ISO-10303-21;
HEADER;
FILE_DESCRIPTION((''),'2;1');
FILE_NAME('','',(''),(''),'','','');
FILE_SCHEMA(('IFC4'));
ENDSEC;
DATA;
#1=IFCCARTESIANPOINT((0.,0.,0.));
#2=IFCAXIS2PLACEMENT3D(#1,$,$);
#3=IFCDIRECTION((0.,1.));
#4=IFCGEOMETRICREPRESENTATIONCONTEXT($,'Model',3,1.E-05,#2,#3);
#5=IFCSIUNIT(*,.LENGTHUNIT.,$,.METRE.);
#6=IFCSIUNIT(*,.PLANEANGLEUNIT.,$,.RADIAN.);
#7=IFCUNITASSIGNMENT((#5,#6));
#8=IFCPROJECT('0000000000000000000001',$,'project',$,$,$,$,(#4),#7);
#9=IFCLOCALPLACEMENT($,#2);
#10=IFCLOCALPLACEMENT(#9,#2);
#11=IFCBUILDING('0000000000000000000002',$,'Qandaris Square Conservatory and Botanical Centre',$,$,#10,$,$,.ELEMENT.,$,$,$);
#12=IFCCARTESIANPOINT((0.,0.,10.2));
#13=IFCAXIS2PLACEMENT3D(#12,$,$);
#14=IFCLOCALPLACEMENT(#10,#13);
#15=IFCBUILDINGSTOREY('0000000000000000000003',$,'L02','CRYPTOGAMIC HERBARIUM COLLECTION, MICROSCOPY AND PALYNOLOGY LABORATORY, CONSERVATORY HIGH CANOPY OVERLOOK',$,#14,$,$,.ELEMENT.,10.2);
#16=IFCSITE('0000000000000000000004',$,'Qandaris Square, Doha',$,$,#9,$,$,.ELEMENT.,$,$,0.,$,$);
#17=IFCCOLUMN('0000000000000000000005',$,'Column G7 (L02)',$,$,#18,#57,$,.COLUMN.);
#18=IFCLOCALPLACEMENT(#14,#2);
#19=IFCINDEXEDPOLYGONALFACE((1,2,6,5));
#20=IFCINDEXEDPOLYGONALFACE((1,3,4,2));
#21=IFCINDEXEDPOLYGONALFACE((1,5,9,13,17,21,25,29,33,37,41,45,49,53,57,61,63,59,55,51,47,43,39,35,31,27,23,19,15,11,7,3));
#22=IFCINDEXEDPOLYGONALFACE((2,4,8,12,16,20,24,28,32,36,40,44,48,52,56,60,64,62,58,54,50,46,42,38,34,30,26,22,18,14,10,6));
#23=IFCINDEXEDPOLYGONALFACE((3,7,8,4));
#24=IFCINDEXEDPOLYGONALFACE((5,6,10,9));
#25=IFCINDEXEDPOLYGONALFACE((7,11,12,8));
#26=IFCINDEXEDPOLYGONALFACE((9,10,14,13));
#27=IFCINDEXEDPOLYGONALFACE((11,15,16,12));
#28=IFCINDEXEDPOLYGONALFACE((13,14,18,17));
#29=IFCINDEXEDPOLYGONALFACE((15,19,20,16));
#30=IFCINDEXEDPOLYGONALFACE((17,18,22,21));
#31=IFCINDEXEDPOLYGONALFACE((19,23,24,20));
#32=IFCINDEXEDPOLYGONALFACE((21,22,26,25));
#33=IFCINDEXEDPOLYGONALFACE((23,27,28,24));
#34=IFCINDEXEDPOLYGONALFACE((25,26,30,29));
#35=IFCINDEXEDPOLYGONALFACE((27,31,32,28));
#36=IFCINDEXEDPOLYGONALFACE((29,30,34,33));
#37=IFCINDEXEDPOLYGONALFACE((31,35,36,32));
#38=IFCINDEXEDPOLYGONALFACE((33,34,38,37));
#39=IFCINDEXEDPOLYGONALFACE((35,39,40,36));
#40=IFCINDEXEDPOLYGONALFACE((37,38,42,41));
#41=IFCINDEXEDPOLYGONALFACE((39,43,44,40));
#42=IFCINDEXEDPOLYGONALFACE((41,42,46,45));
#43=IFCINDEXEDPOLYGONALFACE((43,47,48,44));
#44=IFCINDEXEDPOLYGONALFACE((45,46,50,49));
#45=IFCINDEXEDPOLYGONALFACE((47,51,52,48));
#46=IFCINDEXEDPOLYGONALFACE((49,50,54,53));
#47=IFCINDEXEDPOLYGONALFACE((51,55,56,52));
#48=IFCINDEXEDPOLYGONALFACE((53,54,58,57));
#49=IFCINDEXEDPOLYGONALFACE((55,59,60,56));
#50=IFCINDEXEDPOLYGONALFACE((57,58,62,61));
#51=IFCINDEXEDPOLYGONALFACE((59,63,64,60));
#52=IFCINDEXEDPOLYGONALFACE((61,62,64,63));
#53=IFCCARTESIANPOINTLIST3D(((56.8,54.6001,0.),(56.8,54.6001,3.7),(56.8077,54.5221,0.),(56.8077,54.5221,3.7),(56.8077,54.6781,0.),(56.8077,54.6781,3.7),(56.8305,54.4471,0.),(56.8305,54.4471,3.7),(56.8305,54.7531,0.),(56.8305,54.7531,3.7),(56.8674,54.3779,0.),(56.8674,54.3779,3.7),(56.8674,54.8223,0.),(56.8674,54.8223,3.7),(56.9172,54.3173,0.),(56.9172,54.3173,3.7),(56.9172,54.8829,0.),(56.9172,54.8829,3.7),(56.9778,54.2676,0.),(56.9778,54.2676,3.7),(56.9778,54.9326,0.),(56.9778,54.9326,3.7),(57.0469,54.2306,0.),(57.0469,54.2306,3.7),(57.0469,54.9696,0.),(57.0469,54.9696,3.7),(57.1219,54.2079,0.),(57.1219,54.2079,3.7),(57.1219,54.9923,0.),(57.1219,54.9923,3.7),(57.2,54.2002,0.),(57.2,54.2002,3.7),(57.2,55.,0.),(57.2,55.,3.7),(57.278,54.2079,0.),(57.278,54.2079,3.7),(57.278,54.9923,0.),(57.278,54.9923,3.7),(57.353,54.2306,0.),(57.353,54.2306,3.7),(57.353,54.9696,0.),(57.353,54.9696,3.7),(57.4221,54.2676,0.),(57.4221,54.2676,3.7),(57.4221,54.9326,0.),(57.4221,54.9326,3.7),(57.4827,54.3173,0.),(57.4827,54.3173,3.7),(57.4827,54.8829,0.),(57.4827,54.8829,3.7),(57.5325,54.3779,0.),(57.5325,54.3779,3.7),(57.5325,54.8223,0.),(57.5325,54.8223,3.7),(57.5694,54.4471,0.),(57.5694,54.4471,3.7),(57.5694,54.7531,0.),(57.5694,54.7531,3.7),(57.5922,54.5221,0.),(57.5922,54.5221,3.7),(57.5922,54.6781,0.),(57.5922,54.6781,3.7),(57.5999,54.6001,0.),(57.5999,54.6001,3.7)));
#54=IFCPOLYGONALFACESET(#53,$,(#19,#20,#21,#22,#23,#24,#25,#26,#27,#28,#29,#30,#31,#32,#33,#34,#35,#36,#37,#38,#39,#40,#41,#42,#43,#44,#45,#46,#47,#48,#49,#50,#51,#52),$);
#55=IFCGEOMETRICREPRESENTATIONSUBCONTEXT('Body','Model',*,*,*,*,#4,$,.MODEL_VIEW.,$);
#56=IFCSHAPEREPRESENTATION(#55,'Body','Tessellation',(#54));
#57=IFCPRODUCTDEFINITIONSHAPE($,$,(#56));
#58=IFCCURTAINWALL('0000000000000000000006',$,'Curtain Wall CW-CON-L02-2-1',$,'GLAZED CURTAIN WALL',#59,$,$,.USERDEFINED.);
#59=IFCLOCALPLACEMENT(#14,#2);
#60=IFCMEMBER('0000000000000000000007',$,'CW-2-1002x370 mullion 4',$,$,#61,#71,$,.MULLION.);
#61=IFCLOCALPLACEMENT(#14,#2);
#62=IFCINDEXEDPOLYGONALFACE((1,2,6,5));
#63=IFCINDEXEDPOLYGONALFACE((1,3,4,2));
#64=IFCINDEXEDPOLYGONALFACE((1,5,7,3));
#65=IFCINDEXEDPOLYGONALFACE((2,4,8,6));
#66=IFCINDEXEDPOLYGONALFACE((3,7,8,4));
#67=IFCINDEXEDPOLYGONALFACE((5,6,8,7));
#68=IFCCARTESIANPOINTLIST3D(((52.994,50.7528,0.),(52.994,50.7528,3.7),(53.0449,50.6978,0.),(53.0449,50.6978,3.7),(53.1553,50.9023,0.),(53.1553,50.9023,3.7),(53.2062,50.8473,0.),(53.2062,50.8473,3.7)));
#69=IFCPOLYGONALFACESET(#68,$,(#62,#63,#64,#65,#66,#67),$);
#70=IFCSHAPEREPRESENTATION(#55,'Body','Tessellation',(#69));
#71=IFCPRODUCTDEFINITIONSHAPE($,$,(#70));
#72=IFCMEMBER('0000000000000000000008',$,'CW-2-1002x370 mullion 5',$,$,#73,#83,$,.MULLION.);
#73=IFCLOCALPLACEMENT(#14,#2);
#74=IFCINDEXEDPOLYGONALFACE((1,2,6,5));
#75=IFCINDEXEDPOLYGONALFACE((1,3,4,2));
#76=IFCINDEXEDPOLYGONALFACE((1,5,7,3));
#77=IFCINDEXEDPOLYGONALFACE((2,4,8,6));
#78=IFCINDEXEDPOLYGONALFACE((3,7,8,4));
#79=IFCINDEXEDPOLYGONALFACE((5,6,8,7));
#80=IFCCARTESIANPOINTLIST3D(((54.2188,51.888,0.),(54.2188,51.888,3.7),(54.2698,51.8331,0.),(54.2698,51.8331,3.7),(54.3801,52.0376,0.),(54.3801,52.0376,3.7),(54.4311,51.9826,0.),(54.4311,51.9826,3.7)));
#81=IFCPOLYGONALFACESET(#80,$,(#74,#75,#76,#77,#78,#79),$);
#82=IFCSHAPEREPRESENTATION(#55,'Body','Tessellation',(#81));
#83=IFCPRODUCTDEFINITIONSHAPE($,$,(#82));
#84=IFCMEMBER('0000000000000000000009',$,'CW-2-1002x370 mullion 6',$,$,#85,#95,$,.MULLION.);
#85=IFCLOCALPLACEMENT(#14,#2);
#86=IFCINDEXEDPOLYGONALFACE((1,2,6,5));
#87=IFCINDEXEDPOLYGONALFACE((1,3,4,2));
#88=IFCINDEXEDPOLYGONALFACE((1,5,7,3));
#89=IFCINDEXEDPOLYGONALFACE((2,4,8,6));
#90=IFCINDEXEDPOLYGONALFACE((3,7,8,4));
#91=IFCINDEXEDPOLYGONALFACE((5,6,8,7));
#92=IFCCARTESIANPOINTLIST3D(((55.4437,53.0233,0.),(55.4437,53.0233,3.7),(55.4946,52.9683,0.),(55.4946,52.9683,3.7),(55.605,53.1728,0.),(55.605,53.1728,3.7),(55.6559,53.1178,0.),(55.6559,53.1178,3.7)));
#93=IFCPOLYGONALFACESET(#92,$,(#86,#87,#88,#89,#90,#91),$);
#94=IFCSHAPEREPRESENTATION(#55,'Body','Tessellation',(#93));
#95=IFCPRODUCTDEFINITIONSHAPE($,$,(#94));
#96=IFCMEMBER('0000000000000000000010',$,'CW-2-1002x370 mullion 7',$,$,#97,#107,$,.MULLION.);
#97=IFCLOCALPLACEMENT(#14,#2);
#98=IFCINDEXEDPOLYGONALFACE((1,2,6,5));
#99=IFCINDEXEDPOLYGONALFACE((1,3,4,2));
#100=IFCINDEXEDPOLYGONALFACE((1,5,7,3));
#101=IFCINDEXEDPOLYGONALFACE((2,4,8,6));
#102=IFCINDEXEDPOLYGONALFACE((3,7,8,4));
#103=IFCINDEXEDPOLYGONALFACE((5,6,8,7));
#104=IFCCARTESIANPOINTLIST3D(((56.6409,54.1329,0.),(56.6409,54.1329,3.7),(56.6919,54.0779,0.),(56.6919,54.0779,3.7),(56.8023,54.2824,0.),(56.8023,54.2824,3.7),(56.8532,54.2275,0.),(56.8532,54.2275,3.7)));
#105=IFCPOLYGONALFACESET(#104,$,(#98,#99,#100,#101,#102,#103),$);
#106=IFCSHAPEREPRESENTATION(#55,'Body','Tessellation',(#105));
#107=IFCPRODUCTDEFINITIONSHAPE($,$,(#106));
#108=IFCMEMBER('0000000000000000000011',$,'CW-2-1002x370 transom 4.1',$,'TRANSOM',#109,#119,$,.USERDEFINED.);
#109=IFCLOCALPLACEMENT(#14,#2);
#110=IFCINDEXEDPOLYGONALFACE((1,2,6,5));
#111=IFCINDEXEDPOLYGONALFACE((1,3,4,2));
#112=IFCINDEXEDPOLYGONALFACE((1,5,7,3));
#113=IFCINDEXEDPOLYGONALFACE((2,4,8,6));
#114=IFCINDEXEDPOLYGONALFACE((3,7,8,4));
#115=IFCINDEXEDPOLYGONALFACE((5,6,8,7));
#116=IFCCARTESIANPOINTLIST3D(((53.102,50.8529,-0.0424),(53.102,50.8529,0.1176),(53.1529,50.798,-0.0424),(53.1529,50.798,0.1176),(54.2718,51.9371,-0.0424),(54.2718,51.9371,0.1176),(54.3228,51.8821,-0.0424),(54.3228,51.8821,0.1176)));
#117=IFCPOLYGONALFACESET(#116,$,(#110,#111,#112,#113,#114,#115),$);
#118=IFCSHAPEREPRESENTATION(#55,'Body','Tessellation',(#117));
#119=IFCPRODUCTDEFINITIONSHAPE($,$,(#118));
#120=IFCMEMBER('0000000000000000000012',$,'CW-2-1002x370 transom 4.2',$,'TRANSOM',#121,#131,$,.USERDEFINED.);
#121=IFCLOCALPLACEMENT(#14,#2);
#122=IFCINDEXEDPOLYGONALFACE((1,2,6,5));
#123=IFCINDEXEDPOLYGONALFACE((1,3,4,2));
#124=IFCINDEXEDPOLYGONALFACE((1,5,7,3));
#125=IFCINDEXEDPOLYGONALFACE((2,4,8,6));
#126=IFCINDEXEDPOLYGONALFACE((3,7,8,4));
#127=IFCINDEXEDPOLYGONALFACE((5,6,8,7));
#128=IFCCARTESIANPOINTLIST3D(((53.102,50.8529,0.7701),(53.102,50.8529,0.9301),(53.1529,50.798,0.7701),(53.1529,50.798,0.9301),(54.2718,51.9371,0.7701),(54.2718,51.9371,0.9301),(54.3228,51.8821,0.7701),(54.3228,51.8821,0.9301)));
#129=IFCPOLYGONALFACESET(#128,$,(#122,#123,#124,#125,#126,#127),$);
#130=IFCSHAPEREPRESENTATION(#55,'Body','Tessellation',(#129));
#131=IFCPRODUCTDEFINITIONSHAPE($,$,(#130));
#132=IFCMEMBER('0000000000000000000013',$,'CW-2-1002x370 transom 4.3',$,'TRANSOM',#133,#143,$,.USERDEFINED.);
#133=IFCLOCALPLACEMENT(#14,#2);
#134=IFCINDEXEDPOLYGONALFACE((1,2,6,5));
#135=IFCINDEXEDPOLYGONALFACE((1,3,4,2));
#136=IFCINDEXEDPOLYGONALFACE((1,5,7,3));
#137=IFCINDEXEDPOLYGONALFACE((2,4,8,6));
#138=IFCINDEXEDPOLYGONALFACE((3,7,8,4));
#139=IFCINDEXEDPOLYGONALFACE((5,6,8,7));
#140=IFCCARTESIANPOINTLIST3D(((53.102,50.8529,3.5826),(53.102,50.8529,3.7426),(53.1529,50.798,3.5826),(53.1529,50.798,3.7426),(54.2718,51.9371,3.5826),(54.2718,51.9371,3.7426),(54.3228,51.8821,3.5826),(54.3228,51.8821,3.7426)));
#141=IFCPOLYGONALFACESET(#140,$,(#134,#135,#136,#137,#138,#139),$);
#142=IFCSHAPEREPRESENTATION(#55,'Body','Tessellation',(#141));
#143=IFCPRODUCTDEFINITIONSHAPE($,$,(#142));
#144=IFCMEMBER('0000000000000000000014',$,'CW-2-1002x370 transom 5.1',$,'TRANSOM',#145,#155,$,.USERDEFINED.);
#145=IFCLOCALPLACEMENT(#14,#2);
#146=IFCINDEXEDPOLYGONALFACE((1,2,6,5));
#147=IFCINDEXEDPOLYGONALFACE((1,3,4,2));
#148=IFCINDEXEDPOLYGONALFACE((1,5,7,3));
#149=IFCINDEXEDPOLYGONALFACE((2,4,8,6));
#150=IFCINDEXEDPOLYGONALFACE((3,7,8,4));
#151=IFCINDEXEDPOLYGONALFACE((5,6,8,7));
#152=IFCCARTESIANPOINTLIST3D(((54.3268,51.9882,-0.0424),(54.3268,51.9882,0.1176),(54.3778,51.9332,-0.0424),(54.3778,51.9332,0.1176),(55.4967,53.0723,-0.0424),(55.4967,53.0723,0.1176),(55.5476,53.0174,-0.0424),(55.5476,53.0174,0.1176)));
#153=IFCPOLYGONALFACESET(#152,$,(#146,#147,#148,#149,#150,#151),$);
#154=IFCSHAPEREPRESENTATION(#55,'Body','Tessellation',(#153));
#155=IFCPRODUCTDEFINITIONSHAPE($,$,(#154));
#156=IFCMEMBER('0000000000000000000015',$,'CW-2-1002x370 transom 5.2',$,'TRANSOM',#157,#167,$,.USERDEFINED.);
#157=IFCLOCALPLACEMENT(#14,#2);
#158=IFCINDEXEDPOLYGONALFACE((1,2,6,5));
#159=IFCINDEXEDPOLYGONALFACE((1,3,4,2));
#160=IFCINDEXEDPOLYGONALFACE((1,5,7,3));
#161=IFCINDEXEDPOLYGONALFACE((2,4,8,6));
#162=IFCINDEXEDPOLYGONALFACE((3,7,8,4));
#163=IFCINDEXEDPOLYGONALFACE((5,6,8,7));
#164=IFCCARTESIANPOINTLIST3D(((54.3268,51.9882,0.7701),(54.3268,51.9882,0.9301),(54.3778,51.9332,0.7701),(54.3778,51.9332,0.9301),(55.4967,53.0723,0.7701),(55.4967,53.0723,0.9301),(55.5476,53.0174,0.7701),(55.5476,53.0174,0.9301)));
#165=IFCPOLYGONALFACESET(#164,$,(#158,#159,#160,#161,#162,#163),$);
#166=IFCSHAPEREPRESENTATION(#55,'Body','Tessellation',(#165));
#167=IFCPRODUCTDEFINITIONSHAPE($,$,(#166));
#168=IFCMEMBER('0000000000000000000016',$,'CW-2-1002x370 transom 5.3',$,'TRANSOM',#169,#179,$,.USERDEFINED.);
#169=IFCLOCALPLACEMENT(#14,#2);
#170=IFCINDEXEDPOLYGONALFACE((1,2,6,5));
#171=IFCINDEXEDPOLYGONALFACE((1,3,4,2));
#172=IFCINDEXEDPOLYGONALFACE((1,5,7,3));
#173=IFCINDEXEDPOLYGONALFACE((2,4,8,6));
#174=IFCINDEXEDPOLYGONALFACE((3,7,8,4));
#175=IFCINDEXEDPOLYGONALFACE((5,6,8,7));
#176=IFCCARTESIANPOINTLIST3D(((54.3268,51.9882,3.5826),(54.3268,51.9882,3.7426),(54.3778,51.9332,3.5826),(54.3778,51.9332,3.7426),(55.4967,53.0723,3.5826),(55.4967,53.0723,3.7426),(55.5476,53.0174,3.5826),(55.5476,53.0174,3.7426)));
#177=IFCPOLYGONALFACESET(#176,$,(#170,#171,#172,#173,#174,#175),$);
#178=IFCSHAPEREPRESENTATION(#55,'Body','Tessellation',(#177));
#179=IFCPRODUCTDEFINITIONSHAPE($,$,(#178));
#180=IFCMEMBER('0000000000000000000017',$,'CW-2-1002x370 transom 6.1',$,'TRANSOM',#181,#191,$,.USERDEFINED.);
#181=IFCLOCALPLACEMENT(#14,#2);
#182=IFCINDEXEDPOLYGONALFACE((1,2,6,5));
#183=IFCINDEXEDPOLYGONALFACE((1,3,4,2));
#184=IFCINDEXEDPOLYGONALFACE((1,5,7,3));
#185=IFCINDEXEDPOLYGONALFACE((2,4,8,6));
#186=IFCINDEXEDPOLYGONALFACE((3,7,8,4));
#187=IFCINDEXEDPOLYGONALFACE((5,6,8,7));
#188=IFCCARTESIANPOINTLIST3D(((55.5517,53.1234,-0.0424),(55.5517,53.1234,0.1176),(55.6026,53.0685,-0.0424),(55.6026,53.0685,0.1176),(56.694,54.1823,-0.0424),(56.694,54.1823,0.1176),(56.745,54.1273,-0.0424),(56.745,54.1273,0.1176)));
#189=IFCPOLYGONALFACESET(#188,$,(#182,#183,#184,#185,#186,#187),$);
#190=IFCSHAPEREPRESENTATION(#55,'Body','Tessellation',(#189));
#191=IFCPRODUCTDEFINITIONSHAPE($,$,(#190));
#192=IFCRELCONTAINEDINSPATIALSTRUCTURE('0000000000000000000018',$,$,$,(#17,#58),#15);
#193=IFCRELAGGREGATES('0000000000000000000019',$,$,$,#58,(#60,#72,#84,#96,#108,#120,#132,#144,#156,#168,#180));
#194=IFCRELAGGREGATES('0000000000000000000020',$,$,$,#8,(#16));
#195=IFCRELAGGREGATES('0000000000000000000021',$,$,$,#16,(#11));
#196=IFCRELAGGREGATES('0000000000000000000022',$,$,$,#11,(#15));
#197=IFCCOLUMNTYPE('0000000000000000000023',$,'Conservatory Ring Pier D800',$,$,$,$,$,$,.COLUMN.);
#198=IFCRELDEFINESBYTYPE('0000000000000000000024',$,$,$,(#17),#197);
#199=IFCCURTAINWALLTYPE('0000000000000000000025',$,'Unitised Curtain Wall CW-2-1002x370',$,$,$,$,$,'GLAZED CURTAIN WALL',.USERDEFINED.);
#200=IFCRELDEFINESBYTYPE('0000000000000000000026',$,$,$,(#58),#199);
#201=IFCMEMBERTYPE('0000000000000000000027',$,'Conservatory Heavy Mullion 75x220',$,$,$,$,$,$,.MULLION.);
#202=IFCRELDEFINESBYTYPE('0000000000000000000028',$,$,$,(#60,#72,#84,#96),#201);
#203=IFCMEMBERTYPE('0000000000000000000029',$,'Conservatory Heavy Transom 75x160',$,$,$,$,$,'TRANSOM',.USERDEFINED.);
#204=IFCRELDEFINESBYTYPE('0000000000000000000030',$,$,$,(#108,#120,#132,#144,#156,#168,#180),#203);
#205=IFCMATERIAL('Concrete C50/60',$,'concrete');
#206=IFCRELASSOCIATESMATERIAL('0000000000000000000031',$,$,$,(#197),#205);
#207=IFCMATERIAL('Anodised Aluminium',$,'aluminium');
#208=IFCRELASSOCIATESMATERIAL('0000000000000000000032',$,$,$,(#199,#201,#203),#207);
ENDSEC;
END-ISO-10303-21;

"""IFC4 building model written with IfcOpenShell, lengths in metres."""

from ifc_helpers import new_model, si_unit, direction, frame, origin, origin_2d, place, context, subcontext, project, spatial, rectangle, circle, extrude, material, material_profile, profile_set, type_object, element, aggregate, save


model = new_model("IFC4")

# Units and contexts
model_context = context("Model", 3, precision=1e-05, world=origin(), true_north=direction((0.0, 1.0)))
body_context = subcontext(model_context, "Body", "Model", "MODEL_VIEW")
ifc_project = project(units=[si_unit("LENGTHUNIT", "METRE"), si_unit("PLANEANGLEUNIT", "RADIAN")], contexts=[model_context])

# Site, building, storey
site_placement = place(None, origin())
site = spatial("IfcSite", under=ifc_project, at=site_placement, Name="Qandaris Square, Doha", CompositionType="ELEMENT", RefElevation=0.0)
building_placement = place(site_placement, origin())
building = spatial("IfcBuilding", under=site, at=building_placement, Name="Qandaris Square Conservatory and Botanical Centre", CompositionType="ELEMENT")
storey_placement = place(building_placement, frame((0.0, 0.0, 10.2)))
storey = spatial("IfcBuildingStorey", under=building, at=storey_placement, Name="L02", Description="CRYPTOGAMIC HERBARIUM COLLECTION, MICROSCOPY AND PALYNOLOGY LABORATORY, CONSERVATORY HIGH CANOPY OVERLOOK", CompositionType="ELEMENT", Elevation=10.2)

# Column
ifc_material_1 = material(Name="Concrete C50/60", Category="concrete")
ifc_material_profile_1 = material_profile(ifc_material_1, circle(Radius=0.3999, at=origin_2d()), Name="RC-COL D800")
ifc_profile_set_1 = profile_set([ifc_material_profile_1], Name="Concrete C50/60")
column_type = type_object("IfcColumnType", Name="Conservatory Ring Pier D800", PredefinedType="COLUMN", material=ifc_profile_set_1)
column_placement = place(storey_placement, frame((57.2, 54.6001, 0.0), z_axis=(0.0, 0.0, 1.0), x_axis=(1.0, 0.0, 0.0)))
element("IfcColumn", 1, at=column_placement, inside=storey, type_object=column_type, Name="Column G7 (L02)", PredefinedType="COLUMN", context=body_context, shape_type="SweptSolid", body=[
    extrude(circle(Radius=0.3999, at=origin_2d()), origin(), (0.0, 0.0, 1.0), 3.7),
])

# Curtain wall, members
ifc_material_2 = material(Name="Anodised Aluminium", Category="aluminium")
curtain_wall_type = type_object("IfcCurtainWallType", Name="Unitised Curtain Wall CW-2-1002x370", ElementType="GLAZED CURTAIN WALL", PredefinedType="USERDEFINED", material=ifc_material_2)
curtain_wall_placement = place(storey_placement, origin())
curtain_wall = element("IfcCurtainWall", 2, at=curtain_wall_placement, inside=storey, type_object=curtain_wall_type, Name="Curtain Wall CW-CON-L02-2-1", ObjectType="GLAZED CURTAIN WALL", PredefinedType="USERDEFINED")
ifc_material_profile_2 = material_profile(ifc_material_2, rectangle(XDim=0.075, YDim=0.22, at=origin_2d()), Name="ALU-MUL 75x220")
ifc_profile_set_2 = profile_set([ifc_material_profile_2], Name="Anodised Aluminium")
member_type_1 = type_object("IfcMemberType", Name="Conservatory Heavy Mullion 75x220", PredefinedType="MULLION", material=ifc_profile_set_2)
member_1_placement = place(storey_placement, frame((53.1001, 50.8, 0.0), z_axis=(0.0, 0.0, 1.0), x_axis=(-0.679762, 0.733433, 0.0)))
member_1 = element("IfcMember", 3, at=member_1_placement, type_object=member_type_1, Name="CW-2-1002x370 mullion 4", PredefinedType="MULLION", context=body_context, shape_type="SweptSolid", body=[
    extrude(rectangle(XDim=0.075, YDim=0.22, at=origin_2d()), origin(), (0.0, 0.0, 1.0), 3.7),
])
member_2_placement = place(storey_placement, frame((54.325, 51.9353, 0.0), z_axis=(0.0, 0.0, 1.0), x_axis=(-0.679762, 0.733433, 0.0)))
member_2 = element("IfcMember", 4, at=member_2_placement, type_object=member_type_1, Name="CW-2-1002x370 mullion 5", PredefinedType="MULLION", context=body_context, shape_type="SweptSolid", body=[
    extrude(rectangle(XDim=0.075, YDim=0.22, at=origin_2d()), origin(), (0.0, 0.0, 1.0), 3.7),
])
member_3_placement = place(storey_placement, frame((55.5498, 53.0706, 0.0), z_axis=(0.0, 0.0, 1.0), x_axis=(-0.679762, 0.733433, 0.0)))
member_3 = element("IfcMember", 5, at=member_3_placement, type_object=member_type_1, Name="CW-2-1002x370 mullion 6", PredefinedType="MULLION", context=body_context, shape_type="SweptSolid", body=[
    extrude(rectangle(XDim=0.075, YDim=0.22, at=origin_2d()), origin(), (0.0, 0.0, 1.0), 3.7),
])
member_4_placement = place(storey_placement, frame((56.7471, 54.1802, 0.0), z_axis=(0.0, 0.0, 1.0), x_axis=(-0.679762, 0.733433, 0.0)))
member_4 = element("IfcMember", 6, at=member_4_placement, type_object=member_type_1, Name="CW-2-1002x370 mullion 7", PredefinedType="MULLION", context=body_context, shape_type="SweptSolid", body=[
    extrude(rectangle(XDim=0.075, YDim=0.22, at=origin_2d()), origin(), (0.0, 0.0, 1.0), 3.7),
])
ifc_material_profile_3 = material_profile(ifc_material_2, rectangle(XDim=0.075, YDim=0.1599, at=origin_2d()), Name="ALU-TRN 75x160")
ifc_profile_set_3 = profile_set([ifc_material_profile_3], Name="Anodised Aluminium")
member_type_2 = type_object("IfcMemberType", Name="Conservatory Heavy Transom 75x160", ElementType="TRANSOM", PredefinedType="USERDEFINED", material=ifc_profile_set_3)
member_5_placement = place(storey_placement, frame((53.1274, 50.8254, 0.0376), z_axis=(0.733458, 0.679735, 0.0), x_axis=(-0.679735, 0.733458, 0.0)))
member_5 = element("IfcMember", 7, at=member_5_placement, type_object=member_type_2, Name="CW-2-1002x370 transom 4.1", ObjectType="TRANSOM", PredefinedType="USERDEFINED", context=body_context, shape_type="SweptSolid", body=[
    extrude(rectangle(XDim=0.075, YDim=0.1599, at=origin_2d()), origin(), (0.0, 0.0, 1.0), 1.595),
])
member_6_placement = place(storey_placement, frame((53.1274, 50.8254, 0.8501), z_axis=(0.733458, 0.679735, 0.0), x_axis=(-0.679735, 0.733458, 0.0)))
member_6 = element("IfcMember", 8, at=member_6_placement, type_object=member_type_2, Name="CW-2-1002x370 transom 4.2", ObjectType="TRANSOM", PredefinedType="USERDEFINED", context=body_context, shape_type="SweptSolid", body=[
    extrude(rectangle(XDim=0.075, YDim=0.1599, at=origin_2d()), origin(), (0.0, 0.0, 1.0), 1.595),
])
member_7_placement = place(storey_placement, frame((53.1274, 50.8254, 3.6626), z_axis=(0.733458, 0.679735, 0.0), x_axis=(-0.679735, 0.733458, 0.0)))
member_7 = element("IfcMember", 9, at=member_7_placement, type_object=member_type_2, Name="CW-2-1002x370 transom 4.3", ObjectType="TRANSOM", PredefinedType="USERDEFINED", context=body_context, shape_type="SweptSolid", body=[
    extrude(rectangle(XDim=0.075, YDim=0.1599, at=origin_2d()), origin(), (0.0, 0.0, 1.0), 1.595),
])
member_8_placement = place(storey_placement, frame((54.3523, 51.9607, 0.0376), z_axis=(0.733458, 0.679735, 0.0), x_axis=(-0.679735, 0.733458, 0.0)))
member_8 = element("IfcMember", 10, at=member_8_placement, type_object=member_type_2, Name="CW-2-1002x370 transom 5.1", ObjectType="TRANSOM", PredefinedType="USERDEFINED", context=body_context, shape_type="SweptSolid", body=[
    extrude(rectangle(XDim=0.075, YDim=0.1599, at=origin_2d()), origin(), (0.0, 0.0, 1.0), 1.595),
])
member_9_placement = place(storey_placement, frame((54.3523, 51.9607, 0.8501), z_axis=(0.733458, 0.679735, 0.0), x_axis=(-0.679735, 0.733458, 0.0)))
member_9 = element("IfcMember", 11, at=member_9_placement, type_object=member_type_2, Name="CW-2-1002x370 transom 5.2", ObjectType="TRANSOM", PredefinedType="USERDEFINED", context=body_context, shape_type="SweptSolid", body=[
    extrude(rectangle(XDim=0.075, YDim=0.1599, at=origin_2d()), origin(), (0.0, 0.0, 1.0), 1.595),
])
member_10_placement = place(storey_placement, frame((54.3523, 51.9607, 3.6626), z_axis=(0.733458, 0.679735, 0.0), x_axis=(-0.679735, 0.733458, 0.0)))
member_10 = element("IfcMember", 12, at=member_10_placement, type_object=member_type_2, Name="CW-2-1002x370 transom 5.3", ObjectType="TRANSOM", PredefinedType="USERDEFINED", context=body_context, shape_type="SweptSolid", body=[
    extrude(rectangle(XDim=0.075, YDim=0.1599, at=origin_2d()), origin(), (0.0, 0.0, 1.0), 1.595),
])
member_11_placement = place(storey_placement, frame((55.5771, 53.0959, 0.0376), z_axis=(0.733402, 0.679796, 0.0), x_axis=(-0.679796, 0.733402, 0.0)))
member_11 = element("IfcMember", 13, at=member_11_placement, type_object=member_type_2, Name="CW-2-1002x370 transom 6.1", ObjectType="TRANSOM", PredefinedType="USERDEFINED", context=body_context, shape_type="SweptSolid", body=[
    extrude(rectangle(XDim=0.075, YDim=0.1599, at=origin_2d()), origin(), (0.0, 0.0, 1.0), 1.5576),
])
aggregate(curtain_wall, [member_1, member_2, member_3, member_4, member_5, member_6, member_7, member_8, member_9, member_10, member_11])

save(model, "model.ifc")
